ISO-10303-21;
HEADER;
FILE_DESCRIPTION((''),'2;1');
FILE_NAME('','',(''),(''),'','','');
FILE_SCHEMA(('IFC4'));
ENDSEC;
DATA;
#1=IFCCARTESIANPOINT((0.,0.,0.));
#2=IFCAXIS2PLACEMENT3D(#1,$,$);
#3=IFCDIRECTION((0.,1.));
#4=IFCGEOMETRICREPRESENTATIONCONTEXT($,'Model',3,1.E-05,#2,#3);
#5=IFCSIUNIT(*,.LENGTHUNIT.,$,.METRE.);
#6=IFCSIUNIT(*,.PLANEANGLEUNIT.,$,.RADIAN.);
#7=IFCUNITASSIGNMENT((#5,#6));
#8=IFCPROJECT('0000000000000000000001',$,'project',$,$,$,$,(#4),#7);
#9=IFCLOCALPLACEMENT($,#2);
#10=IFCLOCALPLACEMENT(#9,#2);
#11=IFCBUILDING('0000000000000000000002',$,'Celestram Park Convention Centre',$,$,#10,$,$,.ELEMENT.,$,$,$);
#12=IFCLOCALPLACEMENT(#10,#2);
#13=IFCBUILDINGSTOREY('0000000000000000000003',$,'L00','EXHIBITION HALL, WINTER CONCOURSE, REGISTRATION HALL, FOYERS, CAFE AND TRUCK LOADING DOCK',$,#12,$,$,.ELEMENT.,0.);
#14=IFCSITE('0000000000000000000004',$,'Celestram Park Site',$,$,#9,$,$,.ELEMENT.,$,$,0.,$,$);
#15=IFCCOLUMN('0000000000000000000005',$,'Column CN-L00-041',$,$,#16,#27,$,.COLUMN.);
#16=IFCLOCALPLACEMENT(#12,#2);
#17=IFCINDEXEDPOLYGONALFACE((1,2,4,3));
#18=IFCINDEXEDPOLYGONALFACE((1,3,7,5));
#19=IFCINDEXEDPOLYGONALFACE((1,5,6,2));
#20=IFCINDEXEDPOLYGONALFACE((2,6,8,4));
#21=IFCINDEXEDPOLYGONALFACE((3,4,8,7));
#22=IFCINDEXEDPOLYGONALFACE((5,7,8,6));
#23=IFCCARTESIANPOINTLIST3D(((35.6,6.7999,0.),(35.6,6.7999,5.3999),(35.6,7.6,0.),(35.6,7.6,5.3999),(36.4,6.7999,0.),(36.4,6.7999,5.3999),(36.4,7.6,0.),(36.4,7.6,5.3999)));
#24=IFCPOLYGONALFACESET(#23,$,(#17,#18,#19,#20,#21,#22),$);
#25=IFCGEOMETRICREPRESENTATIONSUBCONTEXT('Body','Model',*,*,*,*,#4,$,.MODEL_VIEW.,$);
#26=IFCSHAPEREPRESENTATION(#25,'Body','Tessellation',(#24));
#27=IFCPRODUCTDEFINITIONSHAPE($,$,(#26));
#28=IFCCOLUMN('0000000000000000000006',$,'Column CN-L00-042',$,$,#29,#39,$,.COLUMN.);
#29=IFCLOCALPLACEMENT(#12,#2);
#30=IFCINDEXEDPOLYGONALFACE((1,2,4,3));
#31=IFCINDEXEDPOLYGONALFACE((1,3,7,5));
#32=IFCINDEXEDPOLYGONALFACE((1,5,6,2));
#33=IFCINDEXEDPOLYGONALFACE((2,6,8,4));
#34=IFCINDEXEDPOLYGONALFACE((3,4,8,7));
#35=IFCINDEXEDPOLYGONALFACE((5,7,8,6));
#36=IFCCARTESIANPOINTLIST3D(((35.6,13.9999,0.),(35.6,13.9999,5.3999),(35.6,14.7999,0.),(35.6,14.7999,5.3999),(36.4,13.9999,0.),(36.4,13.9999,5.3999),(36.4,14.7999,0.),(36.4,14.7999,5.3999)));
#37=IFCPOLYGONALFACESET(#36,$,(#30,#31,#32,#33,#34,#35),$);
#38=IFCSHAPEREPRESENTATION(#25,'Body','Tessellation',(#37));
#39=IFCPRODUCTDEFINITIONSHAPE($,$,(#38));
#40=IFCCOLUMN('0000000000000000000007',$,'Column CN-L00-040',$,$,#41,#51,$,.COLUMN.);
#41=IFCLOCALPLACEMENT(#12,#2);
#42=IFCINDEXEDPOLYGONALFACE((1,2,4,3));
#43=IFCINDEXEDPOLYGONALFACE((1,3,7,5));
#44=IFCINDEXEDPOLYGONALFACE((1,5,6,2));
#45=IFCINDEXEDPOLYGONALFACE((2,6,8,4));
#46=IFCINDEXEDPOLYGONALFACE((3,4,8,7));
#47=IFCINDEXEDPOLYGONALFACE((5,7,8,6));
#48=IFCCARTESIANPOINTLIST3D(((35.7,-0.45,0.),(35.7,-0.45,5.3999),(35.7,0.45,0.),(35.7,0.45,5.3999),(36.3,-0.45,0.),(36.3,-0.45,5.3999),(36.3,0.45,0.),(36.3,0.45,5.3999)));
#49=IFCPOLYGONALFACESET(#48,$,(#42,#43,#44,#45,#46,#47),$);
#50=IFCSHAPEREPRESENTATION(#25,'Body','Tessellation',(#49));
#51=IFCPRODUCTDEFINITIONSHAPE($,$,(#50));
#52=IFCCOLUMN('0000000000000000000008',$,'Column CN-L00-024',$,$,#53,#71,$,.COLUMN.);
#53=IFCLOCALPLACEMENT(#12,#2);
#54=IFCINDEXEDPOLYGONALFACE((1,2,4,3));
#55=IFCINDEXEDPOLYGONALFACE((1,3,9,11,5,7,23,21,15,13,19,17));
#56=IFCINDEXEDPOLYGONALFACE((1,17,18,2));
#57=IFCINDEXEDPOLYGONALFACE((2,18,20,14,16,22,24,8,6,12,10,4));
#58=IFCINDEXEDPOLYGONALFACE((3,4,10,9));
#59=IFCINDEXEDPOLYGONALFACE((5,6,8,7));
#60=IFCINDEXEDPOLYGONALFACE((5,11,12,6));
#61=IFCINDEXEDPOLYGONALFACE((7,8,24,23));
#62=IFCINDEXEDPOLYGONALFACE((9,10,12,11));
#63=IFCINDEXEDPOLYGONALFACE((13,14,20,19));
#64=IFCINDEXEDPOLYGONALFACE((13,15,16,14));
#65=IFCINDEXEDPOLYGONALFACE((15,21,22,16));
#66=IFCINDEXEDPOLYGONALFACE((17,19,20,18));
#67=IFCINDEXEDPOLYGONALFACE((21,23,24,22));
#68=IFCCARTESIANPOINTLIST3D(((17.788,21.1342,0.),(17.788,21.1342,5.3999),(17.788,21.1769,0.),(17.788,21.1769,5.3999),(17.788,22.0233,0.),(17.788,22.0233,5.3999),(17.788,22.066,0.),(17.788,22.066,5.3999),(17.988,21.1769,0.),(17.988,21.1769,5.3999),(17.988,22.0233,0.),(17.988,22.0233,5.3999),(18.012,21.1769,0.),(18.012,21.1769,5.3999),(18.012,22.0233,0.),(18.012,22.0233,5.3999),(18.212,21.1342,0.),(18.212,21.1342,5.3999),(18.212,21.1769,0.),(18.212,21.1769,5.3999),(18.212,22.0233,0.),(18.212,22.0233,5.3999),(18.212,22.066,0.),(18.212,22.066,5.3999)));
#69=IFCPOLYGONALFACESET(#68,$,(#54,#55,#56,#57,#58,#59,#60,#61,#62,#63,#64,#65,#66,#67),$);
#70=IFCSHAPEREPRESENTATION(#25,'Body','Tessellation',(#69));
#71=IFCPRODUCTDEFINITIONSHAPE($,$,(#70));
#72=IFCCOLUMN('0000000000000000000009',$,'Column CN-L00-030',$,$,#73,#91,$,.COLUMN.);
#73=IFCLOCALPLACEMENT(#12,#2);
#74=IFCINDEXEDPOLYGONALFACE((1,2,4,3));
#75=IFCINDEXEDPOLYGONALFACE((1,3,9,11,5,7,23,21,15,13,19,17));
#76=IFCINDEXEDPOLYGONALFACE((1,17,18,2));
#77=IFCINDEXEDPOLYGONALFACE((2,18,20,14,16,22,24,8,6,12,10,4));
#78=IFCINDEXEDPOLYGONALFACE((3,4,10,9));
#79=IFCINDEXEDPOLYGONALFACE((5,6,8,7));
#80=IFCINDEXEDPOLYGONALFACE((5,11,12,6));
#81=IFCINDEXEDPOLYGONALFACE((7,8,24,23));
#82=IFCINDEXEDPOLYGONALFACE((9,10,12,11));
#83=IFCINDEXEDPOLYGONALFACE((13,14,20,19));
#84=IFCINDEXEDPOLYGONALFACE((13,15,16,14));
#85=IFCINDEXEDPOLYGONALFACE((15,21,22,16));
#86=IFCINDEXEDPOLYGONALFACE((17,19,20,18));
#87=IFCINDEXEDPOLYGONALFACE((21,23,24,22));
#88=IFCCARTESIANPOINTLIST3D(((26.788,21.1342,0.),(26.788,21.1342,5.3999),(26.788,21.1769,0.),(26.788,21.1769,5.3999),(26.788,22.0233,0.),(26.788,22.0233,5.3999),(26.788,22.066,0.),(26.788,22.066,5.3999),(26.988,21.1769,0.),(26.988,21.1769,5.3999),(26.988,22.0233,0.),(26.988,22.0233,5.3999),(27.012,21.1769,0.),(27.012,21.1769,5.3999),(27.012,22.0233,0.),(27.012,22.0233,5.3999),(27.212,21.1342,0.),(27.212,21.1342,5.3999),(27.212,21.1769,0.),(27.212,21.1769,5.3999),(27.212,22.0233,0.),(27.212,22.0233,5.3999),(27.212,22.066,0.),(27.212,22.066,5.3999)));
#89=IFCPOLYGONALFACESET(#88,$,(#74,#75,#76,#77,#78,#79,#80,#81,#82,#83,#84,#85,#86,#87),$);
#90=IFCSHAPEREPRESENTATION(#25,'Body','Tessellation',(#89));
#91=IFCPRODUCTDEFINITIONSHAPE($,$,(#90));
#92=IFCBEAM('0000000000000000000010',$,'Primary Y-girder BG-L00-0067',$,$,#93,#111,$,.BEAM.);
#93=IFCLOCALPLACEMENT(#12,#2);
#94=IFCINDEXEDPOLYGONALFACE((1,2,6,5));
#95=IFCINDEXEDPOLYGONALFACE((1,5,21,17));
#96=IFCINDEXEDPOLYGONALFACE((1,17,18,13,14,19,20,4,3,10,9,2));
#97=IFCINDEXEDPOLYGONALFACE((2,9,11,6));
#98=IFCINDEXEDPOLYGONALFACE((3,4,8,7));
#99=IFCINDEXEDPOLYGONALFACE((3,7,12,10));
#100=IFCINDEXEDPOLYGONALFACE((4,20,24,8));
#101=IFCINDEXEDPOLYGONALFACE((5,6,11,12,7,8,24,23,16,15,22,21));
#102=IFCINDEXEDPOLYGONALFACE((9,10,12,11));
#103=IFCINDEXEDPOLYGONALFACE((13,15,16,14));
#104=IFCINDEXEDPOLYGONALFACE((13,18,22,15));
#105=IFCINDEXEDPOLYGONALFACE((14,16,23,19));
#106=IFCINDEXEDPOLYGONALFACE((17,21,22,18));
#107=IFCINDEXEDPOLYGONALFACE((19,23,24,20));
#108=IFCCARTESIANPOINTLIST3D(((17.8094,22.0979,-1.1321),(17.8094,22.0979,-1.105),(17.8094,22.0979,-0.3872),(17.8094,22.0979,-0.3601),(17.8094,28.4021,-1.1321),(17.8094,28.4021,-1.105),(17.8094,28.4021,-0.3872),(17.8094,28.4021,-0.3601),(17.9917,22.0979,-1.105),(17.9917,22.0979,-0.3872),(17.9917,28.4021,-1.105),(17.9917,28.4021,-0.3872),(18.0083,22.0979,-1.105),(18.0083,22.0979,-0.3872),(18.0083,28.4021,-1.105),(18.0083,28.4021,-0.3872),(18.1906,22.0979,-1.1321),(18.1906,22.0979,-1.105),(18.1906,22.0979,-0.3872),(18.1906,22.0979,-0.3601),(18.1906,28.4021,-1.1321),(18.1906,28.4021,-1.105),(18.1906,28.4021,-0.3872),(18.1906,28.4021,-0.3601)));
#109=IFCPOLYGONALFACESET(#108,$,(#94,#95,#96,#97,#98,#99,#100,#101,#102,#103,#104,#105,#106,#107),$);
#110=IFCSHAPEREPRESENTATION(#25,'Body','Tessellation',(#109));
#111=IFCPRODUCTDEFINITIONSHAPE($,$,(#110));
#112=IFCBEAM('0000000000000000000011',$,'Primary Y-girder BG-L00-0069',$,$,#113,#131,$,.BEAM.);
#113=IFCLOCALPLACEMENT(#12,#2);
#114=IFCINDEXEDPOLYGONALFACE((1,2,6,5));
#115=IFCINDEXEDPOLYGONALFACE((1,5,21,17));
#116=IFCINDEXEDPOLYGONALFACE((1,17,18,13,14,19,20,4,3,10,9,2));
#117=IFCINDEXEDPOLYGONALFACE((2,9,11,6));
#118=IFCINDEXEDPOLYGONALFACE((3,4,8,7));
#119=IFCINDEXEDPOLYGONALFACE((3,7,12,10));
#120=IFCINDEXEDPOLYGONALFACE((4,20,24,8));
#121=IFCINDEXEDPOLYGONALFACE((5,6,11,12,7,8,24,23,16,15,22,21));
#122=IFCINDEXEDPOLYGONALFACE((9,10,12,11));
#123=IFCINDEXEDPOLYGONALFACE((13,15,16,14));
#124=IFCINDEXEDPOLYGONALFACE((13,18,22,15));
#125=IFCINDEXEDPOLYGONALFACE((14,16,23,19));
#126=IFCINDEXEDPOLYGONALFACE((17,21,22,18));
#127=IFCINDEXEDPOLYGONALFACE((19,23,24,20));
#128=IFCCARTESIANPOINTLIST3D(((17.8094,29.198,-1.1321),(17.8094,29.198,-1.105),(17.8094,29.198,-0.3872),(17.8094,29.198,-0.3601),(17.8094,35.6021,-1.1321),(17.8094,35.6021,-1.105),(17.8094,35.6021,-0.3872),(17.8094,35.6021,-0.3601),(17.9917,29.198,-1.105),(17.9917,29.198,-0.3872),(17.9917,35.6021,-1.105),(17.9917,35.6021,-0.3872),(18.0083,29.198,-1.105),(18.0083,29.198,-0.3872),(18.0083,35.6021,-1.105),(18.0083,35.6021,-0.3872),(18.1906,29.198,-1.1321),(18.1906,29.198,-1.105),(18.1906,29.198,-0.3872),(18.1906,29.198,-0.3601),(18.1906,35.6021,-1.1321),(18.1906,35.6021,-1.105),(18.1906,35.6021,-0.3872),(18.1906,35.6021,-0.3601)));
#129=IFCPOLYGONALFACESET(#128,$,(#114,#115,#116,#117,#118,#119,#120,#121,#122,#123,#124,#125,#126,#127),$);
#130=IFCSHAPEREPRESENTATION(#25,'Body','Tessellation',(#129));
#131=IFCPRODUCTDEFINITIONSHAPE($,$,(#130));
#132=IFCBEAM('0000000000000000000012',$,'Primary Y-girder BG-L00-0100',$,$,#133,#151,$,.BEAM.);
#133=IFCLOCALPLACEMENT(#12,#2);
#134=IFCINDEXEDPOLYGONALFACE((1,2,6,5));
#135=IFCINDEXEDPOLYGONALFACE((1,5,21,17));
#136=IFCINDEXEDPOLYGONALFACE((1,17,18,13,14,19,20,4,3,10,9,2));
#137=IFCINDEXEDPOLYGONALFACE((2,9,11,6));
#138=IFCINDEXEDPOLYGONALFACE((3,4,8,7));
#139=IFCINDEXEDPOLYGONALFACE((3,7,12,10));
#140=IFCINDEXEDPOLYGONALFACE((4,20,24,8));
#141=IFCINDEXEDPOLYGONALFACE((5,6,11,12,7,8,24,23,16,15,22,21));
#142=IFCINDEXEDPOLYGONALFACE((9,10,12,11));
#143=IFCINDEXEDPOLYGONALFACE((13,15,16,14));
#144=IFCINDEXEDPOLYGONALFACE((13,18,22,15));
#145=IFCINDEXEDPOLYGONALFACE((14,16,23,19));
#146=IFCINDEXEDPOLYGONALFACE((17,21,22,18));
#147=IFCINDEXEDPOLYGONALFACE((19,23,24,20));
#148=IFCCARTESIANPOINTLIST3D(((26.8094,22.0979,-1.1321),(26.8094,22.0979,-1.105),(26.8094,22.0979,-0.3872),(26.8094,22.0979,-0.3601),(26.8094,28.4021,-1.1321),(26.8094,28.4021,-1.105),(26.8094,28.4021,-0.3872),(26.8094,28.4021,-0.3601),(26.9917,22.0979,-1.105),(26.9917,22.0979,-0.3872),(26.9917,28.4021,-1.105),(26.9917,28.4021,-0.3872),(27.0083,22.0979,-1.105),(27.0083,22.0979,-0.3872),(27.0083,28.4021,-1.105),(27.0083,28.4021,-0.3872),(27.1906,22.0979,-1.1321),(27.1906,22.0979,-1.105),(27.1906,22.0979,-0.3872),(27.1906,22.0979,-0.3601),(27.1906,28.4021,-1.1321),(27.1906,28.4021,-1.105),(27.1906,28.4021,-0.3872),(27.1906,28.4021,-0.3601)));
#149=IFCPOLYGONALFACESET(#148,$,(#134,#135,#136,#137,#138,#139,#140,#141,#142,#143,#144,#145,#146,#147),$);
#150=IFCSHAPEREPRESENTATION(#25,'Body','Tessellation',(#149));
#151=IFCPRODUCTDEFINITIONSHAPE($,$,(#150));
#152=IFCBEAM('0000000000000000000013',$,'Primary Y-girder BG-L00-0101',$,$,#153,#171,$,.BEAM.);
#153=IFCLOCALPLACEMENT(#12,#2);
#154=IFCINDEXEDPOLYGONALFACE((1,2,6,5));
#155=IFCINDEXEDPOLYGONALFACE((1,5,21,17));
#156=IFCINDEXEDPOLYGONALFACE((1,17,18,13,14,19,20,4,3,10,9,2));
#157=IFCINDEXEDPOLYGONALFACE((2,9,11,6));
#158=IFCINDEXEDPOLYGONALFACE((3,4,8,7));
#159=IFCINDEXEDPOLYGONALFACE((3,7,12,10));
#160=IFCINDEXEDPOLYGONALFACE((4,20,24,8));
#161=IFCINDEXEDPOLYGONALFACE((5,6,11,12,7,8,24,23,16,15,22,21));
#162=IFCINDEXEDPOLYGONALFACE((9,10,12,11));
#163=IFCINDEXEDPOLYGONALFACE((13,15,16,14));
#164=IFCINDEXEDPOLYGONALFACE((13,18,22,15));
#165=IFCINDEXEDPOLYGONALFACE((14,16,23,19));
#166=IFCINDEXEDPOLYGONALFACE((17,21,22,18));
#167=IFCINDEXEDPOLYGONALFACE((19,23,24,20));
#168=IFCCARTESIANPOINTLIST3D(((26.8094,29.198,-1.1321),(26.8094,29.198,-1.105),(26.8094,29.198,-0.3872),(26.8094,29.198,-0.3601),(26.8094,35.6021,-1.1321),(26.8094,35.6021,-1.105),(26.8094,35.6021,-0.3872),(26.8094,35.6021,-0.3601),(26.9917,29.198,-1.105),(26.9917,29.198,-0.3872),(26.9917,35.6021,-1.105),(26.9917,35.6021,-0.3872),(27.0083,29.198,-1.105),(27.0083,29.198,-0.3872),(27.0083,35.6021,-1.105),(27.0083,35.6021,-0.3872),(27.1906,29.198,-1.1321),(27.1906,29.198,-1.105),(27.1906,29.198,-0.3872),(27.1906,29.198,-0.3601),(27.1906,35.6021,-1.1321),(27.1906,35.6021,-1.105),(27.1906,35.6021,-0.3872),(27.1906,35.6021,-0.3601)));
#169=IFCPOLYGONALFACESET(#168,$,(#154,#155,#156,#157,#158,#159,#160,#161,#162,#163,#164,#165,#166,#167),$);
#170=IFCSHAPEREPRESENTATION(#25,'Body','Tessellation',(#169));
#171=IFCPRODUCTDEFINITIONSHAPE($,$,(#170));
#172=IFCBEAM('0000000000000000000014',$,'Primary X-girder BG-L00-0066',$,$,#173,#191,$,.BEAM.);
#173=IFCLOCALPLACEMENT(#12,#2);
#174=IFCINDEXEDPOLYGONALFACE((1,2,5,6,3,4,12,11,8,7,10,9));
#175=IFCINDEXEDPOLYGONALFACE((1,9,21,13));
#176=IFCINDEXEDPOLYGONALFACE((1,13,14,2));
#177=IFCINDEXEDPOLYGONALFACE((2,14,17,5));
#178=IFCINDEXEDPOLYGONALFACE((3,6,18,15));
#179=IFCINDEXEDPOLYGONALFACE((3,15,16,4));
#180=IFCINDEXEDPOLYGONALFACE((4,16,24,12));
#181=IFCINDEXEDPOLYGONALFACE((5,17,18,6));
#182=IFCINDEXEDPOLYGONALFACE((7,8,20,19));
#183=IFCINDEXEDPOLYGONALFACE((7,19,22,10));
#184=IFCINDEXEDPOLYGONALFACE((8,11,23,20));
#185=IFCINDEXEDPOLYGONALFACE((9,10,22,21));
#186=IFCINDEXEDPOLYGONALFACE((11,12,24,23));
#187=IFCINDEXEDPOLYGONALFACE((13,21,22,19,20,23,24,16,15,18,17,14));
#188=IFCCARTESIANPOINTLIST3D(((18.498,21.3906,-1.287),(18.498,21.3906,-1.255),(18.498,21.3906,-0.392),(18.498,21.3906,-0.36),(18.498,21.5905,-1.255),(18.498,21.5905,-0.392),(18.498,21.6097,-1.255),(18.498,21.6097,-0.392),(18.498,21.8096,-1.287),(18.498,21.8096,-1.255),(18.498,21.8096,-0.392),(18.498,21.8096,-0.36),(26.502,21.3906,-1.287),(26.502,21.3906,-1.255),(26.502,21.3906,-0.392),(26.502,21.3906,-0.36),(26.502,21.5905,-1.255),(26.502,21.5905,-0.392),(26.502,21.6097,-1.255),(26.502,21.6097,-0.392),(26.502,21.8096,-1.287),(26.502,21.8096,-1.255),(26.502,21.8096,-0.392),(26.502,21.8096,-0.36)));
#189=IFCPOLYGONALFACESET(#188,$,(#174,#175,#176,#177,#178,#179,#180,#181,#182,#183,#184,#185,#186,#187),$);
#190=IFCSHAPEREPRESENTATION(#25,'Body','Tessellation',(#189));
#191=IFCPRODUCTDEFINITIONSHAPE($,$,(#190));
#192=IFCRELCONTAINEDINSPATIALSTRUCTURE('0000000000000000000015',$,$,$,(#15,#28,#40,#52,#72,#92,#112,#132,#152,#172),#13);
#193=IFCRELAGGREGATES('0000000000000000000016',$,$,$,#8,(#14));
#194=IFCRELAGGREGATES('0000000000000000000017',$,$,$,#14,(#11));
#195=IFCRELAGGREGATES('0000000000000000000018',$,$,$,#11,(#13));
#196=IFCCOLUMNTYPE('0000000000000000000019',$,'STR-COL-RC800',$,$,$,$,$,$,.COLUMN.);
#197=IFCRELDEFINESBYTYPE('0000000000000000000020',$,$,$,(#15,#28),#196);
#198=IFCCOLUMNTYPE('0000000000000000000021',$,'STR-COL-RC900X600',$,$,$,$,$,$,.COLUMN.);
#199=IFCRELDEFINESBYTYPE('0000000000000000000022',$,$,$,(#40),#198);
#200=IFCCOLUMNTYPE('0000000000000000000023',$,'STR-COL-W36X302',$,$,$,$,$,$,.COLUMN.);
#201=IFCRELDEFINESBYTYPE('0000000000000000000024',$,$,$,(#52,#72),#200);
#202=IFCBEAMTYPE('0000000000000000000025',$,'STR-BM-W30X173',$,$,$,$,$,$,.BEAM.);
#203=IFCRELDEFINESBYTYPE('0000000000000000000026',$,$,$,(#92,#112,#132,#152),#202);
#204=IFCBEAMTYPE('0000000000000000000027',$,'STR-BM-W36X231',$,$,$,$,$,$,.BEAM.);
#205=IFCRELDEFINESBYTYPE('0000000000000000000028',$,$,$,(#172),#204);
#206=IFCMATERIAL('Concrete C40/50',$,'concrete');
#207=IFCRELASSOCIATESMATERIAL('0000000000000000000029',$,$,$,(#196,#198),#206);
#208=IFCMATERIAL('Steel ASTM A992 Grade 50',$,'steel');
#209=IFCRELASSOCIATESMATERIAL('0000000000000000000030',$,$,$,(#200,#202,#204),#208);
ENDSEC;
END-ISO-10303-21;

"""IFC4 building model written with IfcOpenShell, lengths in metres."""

from ifc_helpers import new_model, si_unit, direction, frame, origin, origin_2d, place, context, subcontext, project, spatial, rectangle, i_section, extrude, material, material_profile, profile_set, type_object, element, save


model = new_model("IFC4")

# Units and contexts
model_context = context("Model", 3, precision=1e-05, world=origin(), true_north=direction((0.0, 1.0)))
body_context = subcontext(model_context, "Body", "Model", "MODEL_VIEW")
ifc_project = project(units=[si_unit("LENGTHUNIT", "METRE"), si_unit("PLANEANGLEUNIT", "RADIAN")], contexts=[model_context])

# Site, building, storey
site_placement = place(None, origin())
site = spatial("IfcSite", under=ifc_project, at=site_placement, Name="Celestram Park Site", CompositionType="ELEMENT", RefElevation=0.0)
building_placement = place(site_placement, origin())
building = spatial("IfcBuilding", under=site, at=building_placement, Name="Celestram Park Convention Centre", CompositionType="ELEMENT")
storey_placement = place(building_placement, origin())
storey = spatial("IfcBuildingStorey", under=building, at=storey_placement, Name="L00", Description="EXHIBITION HALL, WINTER CONCOURSE, REGISTRATION HALL, FOYERS, CAFE AND TRUCK LOADING DOCK", CompositionType="ELEMENT", Elevation=0.0)

# Columns
ifc_material_1 = material(Name="Concrete C40/50", Category="concrete")
ifc_material_profile_1 = material_profile(ifc_material_1, rectangle(XDim=0.8, YDim=0.8, at=origin_2d()), Name="RC800X800")
ifc_profile_set_1 = profile_set([ifc_material_profile_1], Name="Concrete C40/50")
column_type_1 = type_object("IfcColumnType", Name="STR-COL-RC800", PredefinedType="COLUMN", material=ifc_profile_set_1)
for number, where, z_axis, x_axis, name in (
    (1, (36.0, 7.2, 0.0), (0.0, 0.0, 1.0), (1.0, 0.0, 0.0), "Column CN-L00-041"),
    (2, (36.0, 14.3999, 0.0), (0.0, 0.0, 1.0), (1.0, 0.0, 0.0), "Column CN-L00-042"),
):
    element("IfcColumn", number, at=place(storey_placement, frame(where, z_axis=z_axis, x_axis=x_axis)), inside=storey, type_object=column_type_1, Name=name, PredefinedType="COLUMN", context=body_context, shape_type="SweptSolid", body=[
        extrude(rectangle(XDim=0.8, YDim=0.8, at=origin_2d()), origin(), (0.0, 0.0, 1.0), 5.3999),
    ])
ifc_material_profile_2 = material_profile(ifc_material_1, rectangle(XDim=0.6001, YDim=0.8999, at=origin_2d()), Name="RC900X600")
ifc_profile_set_2 = profile_set([ifc_material_profile_2], Name="Concrete C40/50")
column_type_2 = type_object("IfcColumnType", Name="STR-COL-RC900X600", PredefinedType="COLUMN", material=ifc_profile_set_2)
column_placement = place(storey_placement, frame((36.0, 0.0, 0.0), z_axis=(0.0, 0.0, 1.0), x_axis=(1.0, 0.0, 0.0)))
element("IfcColumn", 3, at=column_placement, inside=storey, type_object=column_type_2, Name="Column CN-L00-040", PredefinedType="COLUMN", context=body_context, shape_type="SweptSolid", body=[
    extrude(rectangle(XDim=0.6001, YDim=0.8999, at=origin_2d()), origin(), (0.0, 0.0, 1.0), 5.3999),
])
ifc_material_2 = material(Name="Steel ASTM A992 Grade 50", Category="steel")
ifc_material_profile_3 = material_profile(ifc_material_2, i_section(OverallWidth=0.4241, OverallDepth=0.9319, WebThickness=0.0239, FlangeThickness=0.0427, at=origin_2d()), Name="W36X302")
ifc_profile_set_3 = profile_set([ifc_material_profile_3], Name="Steel ASTM A992 Grade 50")
column_type_3 = type_object("IfcColumnType", Name="STR-COL-W36X302", PredefinedType="COLUMN", material=ifc_profile_set_3)
for number, where, z_axis, x_axis, name in (
    (4, (18.0, 21.6001, 0.0), (0.0, 0.0, 1.0), (1.0, 0.0, 0.0), "Column CN-L00-024"),
    (5, (27.0, 21.6001, 0.0), (0.0, 0.0, 1.0), (1.0, 0.0, 0.0), "Column CN-L00-030"),
):
    element("IfcColumn", number, at=place(storey_placement, frame(where, z_axis=z_axis, x_axis=x_axis)), inside=storey, type_object=column_type_3, Name=name, PredefinedType="COLUMN", context=body_context, shape_type="SweptSolid", body=[
        extrude(i_section(OverallWidth=0.4241, OverallDepth=0.9319, WebThickness=0.0239, FlangeThickness=0.0427, at=origin_2d()), origin(), (0.0, 0.0, 1.0), 5.3999),
    ])

# Beams
ifc_material_profile_4 = material_profile(ifc_material_2, i_section(OverallWidth=0.3811, OverallDepth=0.772, WebThickness=0.0166, FlangeThickness=0.0271, at=origin_2d()), Name="W30X173")
ifc_profile_set_4 = profile_set([ifc_material_profile_4], Name="Steel ASTM A992 Grade 50")
beam_type_1 = type_object("IfcBeamType", Name="STR-BM-W30X173", PredefinedType="BEAM", material=ifc_profile_set_4)
beam_1_placement = place(storey_placement, frame((18.0, 22.0979, -0.7461), z_axis=(0.0, 1.0, 0.0), x_axis=(-1.0, 0.0, 0.0)))
element("IfcBeam", 6, at=beam_1_placement, inside=storey, type_object=beam_type_1, Name="Primary Y-girder BG-L00-0067", PredefinedType="BEAM", context=body_context, shape_type="SweptSolid", body=[
    extrude(i_section(OverallWidth=0.3811, OverallDepth=0.772, WebThickness=0.0166, FlangeThickness=0.0271, at=origin_2d()), origin(), (0.0, 0.0, 1.0), 6.3042),
])
beam_2_placement = place(storey_placement, frame((18.0, 29.198, -0.7461), z_axis=(0.0, 1.0, 0.0), x_axis=(-1.0, 0.0, 0.0)))
element("IfcBeam", 7, at=beam_2_placement, inside=storey, type_object=beam_type_1, Name="Primary Y-girder BG-L00-0069", PredefinedType="BEAM", context=body_context, shape_type="SweptSolid", body=[
    extrude(i_section(OverallWidth=0.3811, OverallDepth=0.772, WebThickness=0.0166, FlangeThickness=0.0271, at=origin_2d()), origin(), (0.0, 0.0, 1.0), 6.4041),
])
beam_3_placement = place(storey_placement, frame((27.0, 22.0979, -0.7461), z_axis=(0.0, 1.0, 0.0), x_axis=(-1.0, 0.0, 0.0)))
element("IfcBeam", 8, at=beam_3_placement, inside=storey, type_object=beam_type_1, Name="Primary Y-girder BG-L00-0100", PredefinedType="BEAM", context=body_context, shape_type="SweptSolid", body=[
    extrude(i_section(OverallWidth=0.3811, OverallDepth=0.772, WebThickness=0.0166, FlangeThickness=0.0271, at=origin_2d()), origin(), (0.0, 0.0, 1.0), 6.3042),
])
beam_4_placement = place(storey_placement, frame((27.0, 29.198, -0.7461), z_axis=(0.0, 1.0, 0.0), x_axis=(-1.0, 0.0, 0.0)))
element("IfcBeam", 9, at=beam_4_placement, inside=storey, type_object=beam_type_1, Name="Primary Y-girder BG-L00-0101", PredefinedType="BEAM", context=body_context, shape_type="SweptSolid", body=[
    extrude(i_section(OverallWidth=0.3811, OverallDepth=0.772, WebThickness=0.0166, FlangeThickness=0.0271, at=origin_2d()), origin(), (0.0, 0.0, 1.0), 6.4041),
])
ifc_material_profile_5 = material_profile(ifc_material_2, i_section(OverallWidth=0.4189, OverallDepth=0.927, WebThickness=0.0193, FlangeThickness=0.032, at=origin_2d()), Name="W36X231")
ifc_profile_set_5 = profile_set([ifc_material_profile_5], Name="Steel ASTM A992 Grade 50")
beam_type_2 = type_object("IfcBeamType", Name="STR-BM-W36X231", PredefinedType="BEAM", material=ifc_profile_set_5)
beam_5_placement = place(storey_placement, frame((18.498, 21.6001, -0.8235), z_axis=(1.0, 0.0, 0.0), x_axis=(0.0, 1.0, 0.0)))
element("IfcBeam", 10, at=beam_5_placement, inside=storey, type_object=beam_type_2, Name="Primary X-girder BG-L00-0066", PredefinedType="BEAM", context=body_context, shape_type="SweptSolid", body=[
    extrude(i_section(OverallWidth=0.4189, OverallDepth=0.927, WebThickness=0.0193, FlangeThickness=0.032, at=origin_2d()), origin(), (0.0, 0.0, 1.0), 8.0039),
])

save(model, "model.ifc")
